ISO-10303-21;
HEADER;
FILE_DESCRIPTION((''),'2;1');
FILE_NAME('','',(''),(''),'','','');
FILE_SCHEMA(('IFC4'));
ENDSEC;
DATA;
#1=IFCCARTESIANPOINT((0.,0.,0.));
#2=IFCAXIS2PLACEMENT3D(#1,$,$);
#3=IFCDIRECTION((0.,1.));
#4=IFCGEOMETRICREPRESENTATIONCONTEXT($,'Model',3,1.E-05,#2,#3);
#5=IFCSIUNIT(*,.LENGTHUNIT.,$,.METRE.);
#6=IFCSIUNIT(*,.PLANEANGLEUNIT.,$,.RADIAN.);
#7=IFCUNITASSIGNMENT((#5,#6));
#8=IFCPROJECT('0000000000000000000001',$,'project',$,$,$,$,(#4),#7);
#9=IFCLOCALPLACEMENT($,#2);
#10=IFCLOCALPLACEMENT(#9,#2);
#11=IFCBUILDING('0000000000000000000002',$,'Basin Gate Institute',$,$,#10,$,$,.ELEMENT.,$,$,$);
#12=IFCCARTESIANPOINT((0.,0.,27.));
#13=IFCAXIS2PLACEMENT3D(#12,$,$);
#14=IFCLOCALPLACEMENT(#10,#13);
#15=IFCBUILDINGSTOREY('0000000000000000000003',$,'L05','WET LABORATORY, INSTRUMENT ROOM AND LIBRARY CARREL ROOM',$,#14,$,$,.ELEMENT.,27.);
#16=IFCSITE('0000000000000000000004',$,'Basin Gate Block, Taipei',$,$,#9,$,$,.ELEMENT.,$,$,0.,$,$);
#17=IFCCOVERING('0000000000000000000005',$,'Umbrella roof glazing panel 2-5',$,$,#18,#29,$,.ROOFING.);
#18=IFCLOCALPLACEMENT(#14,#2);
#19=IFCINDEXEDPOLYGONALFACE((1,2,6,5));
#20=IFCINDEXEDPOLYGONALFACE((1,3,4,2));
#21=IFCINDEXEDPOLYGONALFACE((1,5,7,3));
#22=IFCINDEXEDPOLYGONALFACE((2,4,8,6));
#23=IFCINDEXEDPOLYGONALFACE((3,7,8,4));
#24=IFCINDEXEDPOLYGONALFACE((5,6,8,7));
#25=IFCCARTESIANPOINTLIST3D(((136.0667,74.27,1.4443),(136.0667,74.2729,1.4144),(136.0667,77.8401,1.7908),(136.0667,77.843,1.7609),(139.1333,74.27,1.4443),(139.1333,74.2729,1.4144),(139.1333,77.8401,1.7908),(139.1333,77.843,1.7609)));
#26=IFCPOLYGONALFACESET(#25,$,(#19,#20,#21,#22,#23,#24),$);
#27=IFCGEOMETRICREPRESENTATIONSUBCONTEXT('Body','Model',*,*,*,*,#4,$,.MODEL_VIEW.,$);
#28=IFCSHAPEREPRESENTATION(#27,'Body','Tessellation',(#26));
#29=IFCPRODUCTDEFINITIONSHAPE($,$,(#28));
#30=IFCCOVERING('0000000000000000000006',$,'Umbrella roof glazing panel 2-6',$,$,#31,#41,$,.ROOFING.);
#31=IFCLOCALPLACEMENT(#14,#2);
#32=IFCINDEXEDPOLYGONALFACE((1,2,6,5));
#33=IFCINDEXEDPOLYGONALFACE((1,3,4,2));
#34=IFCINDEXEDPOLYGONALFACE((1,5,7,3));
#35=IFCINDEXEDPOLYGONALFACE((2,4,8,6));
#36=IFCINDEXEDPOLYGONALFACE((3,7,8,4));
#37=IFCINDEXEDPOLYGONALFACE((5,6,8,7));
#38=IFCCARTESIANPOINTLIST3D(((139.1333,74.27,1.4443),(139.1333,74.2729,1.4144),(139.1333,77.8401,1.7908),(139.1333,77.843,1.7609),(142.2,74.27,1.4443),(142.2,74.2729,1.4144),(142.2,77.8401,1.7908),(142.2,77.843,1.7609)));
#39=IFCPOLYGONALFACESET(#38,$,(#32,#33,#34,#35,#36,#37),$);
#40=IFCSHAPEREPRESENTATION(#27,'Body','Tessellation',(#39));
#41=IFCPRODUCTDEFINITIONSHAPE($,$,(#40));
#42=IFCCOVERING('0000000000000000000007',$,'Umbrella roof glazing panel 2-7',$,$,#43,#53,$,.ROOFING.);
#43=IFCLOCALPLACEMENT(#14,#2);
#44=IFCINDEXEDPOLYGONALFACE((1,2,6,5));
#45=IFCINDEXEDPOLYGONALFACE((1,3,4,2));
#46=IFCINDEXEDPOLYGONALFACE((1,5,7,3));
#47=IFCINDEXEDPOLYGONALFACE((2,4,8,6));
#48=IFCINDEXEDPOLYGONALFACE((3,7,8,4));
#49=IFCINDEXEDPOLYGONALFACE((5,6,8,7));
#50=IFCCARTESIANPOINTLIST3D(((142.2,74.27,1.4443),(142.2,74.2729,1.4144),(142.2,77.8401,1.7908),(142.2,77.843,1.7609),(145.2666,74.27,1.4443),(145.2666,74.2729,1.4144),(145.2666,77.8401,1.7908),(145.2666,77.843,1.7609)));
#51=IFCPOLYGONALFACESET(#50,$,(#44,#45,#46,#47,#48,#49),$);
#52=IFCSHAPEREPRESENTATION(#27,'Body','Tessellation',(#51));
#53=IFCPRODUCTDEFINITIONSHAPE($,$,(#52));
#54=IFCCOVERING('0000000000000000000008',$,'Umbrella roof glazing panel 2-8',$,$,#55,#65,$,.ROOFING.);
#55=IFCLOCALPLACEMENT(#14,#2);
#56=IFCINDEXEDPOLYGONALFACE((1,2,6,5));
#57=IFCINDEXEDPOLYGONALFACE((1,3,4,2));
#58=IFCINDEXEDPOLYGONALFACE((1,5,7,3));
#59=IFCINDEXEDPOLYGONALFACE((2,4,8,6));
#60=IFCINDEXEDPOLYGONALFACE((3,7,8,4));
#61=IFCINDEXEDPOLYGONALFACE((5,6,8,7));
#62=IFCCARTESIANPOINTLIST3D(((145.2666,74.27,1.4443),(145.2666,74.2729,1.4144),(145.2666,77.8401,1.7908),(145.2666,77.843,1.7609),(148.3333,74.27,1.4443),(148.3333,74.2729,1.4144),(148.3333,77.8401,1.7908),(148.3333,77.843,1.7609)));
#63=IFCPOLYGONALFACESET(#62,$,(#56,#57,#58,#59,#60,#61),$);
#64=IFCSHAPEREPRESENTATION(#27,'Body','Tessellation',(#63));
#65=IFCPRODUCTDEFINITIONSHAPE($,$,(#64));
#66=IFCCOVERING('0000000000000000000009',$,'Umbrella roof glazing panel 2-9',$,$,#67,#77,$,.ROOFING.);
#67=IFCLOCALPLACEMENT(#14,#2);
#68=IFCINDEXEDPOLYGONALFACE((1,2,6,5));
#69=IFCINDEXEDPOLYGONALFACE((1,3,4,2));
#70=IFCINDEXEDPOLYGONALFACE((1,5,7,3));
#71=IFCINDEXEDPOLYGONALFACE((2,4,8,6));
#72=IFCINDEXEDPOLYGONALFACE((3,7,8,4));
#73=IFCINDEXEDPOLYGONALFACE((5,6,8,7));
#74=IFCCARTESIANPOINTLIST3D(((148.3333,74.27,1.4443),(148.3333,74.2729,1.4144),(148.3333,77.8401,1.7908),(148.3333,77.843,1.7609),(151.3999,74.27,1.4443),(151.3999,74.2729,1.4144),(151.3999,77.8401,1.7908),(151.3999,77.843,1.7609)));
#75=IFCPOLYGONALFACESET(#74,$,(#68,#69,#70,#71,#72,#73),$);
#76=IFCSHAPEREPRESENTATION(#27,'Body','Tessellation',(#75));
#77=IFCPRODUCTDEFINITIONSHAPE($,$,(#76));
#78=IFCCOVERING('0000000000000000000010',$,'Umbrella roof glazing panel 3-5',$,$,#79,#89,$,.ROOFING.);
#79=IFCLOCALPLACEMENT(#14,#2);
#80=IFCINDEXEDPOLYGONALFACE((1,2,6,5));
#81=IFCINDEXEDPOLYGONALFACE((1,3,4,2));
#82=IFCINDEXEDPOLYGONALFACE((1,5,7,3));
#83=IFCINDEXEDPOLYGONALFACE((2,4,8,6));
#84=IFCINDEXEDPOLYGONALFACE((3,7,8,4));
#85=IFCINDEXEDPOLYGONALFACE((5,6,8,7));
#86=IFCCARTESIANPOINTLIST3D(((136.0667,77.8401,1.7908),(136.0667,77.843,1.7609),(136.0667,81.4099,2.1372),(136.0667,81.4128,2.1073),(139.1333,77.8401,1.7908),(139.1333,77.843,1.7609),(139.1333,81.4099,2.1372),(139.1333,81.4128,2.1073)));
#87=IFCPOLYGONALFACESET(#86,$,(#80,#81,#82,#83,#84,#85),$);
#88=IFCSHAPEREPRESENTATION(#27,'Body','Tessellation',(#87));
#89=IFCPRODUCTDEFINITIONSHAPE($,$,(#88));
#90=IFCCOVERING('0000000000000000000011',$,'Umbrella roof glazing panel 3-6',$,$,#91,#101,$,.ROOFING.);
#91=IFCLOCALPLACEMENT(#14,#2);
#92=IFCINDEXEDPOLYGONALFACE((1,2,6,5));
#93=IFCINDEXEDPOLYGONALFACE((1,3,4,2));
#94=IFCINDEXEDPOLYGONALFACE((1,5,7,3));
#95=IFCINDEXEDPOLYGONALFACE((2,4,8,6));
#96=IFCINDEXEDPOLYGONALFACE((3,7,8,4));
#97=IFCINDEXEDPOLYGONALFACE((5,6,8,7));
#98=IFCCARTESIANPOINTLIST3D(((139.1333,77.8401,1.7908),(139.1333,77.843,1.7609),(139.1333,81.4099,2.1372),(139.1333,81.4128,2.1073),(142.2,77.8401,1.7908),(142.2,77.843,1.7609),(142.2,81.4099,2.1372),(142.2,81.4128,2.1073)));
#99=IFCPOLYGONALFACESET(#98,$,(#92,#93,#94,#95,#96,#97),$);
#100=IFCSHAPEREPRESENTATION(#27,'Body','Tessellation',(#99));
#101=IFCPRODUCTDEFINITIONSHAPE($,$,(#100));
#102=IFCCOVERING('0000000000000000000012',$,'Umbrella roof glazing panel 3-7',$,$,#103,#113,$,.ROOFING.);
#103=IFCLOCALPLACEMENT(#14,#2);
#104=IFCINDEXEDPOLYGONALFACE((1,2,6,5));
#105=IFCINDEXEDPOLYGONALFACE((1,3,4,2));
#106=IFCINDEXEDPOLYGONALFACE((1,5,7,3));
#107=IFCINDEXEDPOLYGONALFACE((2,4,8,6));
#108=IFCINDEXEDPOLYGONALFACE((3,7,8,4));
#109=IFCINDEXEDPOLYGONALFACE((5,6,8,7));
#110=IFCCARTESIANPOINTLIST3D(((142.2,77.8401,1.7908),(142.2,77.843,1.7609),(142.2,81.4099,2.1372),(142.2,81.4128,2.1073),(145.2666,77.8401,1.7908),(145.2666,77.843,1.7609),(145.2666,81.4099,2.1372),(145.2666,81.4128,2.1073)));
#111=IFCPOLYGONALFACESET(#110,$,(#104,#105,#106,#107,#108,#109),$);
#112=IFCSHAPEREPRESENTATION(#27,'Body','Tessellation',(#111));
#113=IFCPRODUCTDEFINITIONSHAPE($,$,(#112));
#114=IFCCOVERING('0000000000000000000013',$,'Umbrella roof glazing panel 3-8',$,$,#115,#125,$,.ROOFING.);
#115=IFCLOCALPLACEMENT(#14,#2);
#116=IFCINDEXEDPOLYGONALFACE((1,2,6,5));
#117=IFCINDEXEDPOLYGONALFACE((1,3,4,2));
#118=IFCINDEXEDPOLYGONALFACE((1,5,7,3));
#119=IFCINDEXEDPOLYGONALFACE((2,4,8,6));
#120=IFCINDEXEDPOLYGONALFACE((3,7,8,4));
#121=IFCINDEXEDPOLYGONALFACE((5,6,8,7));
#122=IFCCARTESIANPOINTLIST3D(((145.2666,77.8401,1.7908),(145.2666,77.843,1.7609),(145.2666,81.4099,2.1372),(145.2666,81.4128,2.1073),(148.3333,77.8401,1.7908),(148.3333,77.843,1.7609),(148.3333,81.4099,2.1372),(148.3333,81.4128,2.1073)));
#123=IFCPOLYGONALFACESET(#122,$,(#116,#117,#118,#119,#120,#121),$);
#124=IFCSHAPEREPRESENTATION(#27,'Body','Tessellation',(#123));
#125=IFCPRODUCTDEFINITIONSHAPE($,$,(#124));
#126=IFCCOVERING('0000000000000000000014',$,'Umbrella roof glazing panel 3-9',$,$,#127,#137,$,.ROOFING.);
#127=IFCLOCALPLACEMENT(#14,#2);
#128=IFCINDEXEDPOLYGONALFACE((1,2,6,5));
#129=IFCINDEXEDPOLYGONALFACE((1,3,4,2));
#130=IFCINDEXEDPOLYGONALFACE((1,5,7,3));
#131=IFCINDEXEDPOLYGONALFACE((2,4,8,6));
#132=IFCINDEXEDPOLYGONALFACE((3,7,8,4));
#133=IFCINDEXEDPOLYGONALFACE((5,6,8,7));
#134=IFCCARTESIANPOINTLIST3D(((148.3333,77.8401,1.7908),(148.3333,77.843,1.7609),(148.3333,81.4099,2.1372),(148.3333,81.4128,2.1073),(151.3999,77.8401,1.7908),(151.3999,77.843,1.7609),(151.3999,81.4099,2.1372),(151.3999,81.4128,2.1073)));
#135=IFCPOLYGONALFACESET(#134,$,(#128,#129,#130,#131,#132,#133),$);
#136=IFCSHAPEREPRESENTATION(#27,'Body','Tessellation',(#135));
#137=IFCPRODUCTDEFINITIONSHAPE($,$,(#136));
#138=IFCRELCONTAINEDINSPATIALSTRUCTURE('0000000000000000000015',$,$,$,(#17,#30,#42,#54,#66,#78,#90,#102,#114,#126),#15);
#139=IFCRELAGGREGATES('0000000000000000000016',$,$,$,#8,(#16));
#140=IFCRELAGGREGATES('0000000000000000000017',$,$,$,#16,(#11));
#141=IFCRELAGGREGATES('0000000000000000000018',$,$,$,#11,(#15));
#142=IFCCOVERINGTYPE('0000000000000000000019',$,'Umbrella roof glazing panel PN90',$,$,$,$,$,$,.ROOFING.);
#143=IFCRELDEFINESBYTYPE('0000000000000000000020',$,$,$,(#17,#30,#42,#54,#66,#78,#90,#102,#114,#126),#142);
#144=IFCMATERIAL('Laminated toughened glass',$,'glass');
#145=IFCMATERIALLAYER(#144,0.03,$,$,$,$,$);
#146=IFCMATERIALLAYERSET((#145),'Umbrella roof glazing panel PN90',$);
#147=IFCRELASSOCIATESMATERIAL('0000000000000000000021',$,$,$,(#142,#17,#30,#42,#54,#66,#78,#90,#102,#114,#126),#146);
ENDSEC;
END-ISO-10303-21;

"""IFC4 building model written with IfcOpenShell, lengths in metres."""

from ifc_helpers import new_model, si_unit, direction, frame, origin, place, context, subcontext, project, spatial, polyline, outline, extrude, material, layer, layer_set, type_object, element, save


model = new_model("IFC4")

# Units and contexts
model_context = context("Model", 3, precision=1e-05, world=origin(), true_north=direction((0.0, 1.0)))
body_context = subcontext(model_context, "Body", "Model", "MODEL_VIEW")
ifc_project = project(units=[si_unit("LENGTHUNIT", "METRE"), si_unit("PLANEANGLEUNIT", "RADIAN")], contexts=[model_context])

# Site, building, storey
site_placement = place(None, origin())
site = spatial("IfcSite", under=ifc_project, at=site_placement, Name="Basin Gate Block, Taipei", CompositionType="ELEMENT", RefElevation=0.0)
building_placement = place(site_placement, origin())
building = spatial("IfcBuilding", under=site, at=building_placement, Name="Basin Gate Institute", CompositionType="ELEMENT")
storey_placement = place(building_placement, frame((0.0, 0.0, 27.0)))
storey = spatial("IfcBuildingStorey", under=building, at=storey_placement, Name="L05", Description="WET LABORATORY, INSTRUMENT ROOM AND LIBRARY CARREL ROOM", CompositionType="ELEMENT", Elevation=27.0)

# Coverings
ifc_material_1 = material(Name="Laminated toughened glass", Category="glass")
ifc_layer = layer(ifc_material_1, 0.03)
ifc_layer_set = layer_set([ifc_layer], Name="Umbrella roof glazing panel PN90")
covering_type = type_object("IfcCoveringType", Name="Umbrella roof glazing panel PN90", PredefinedType="ROOFING", material=ifc_layer_set)
for number, where, z_axis, x_axis, name in (
    (1, (136.0667, 74.27, 1.4443), (0.0, -0.096585, 0.995325), (1.0, 0.0, 0.0), "Umbrella roof glazing panel 2-5"),
    (2, (139.1333, 74.27, 1.4443), (0.0, -0.096585, 0.995325), (1.0, 0.0, 0.0), "Umbrella roof glazing panel 2-6"),
    (3, (142.2, 74.27, 1.4443), (0.0, -0.096585, 0.995325), (1.0, 0.0, 0.0), "Umbrella roof glazing panel 2-7"),
    (4, (145.2666, 74.27, 1.4443), (0.0, -0.096585, 0.995325), (1.0, 0.0, 0.0), "Umbrella roof glazing panel 2-8"),
    (5, (148.3333, 74.27, 1.4443), (0.0, -0.096585, 0.995325), (1.0, 0.0, 0.0), "Umbrella roof glazing panel 2-9"),
):
    element("IfcCovering", number, at=place(storey_placement, frame(where, z_axis=z_axis, x_axis=x_axis)), inside=storey, type_object=covering_type, material=ifc_layer_set, Name=name, PredefinedType="ROOFING", context=body_context, shape_type="SweptSolid", body=[
        extrude(outline(polyline([(0.0, 0.0), (3.0667, 0.0), (3.0667, 3.5868), (0.0, 3.5868), (0.0, 0.0)])), origin(), (0.0, 0.0, -1.0), 0.03),
    ])
for number, where, z_axis, x_axis, name in (
    (6, (136.0667, 77.8401, 1.7908), (0.0, -0.096592, 0.995324), (1.0, 0.0, 0.0), "Umbrella roof glazing panel 3-5"),
    (7, (139.1333, 77.8401, 1.7908), (0.0, -0.096592, 0.995324), (1.0, 0.0, 0.0), "Umbrella roof glazing panel 3-6"),
    (8, (142.2, 77.8401, 1.7908), (0.0, -0.096592, 0.995324), (1.0, 0.0, 0.0), "Umbrella roof glazing panel 3-7"),
    (9, (145.2666, 77.8401, 1.7908), (0.0, -0.096592, 0.995324), (1.0, 0.0, 0.0), "Umbrella roof glazing panel 3-8"),
    (10, (148.3333, 77.8401, 1.7908), (0.0, -0.096592, 0.995324), (1.0, 0.0, 0.0), "Umbrella roof glazing panel 3-9"),
):
    element("IfcCovering", number, at=place(storey_placement, frame(where, z_axis=z_axis, x_axis=x_axis)), inside=storey, type_object=covering_type, material=ifc_layer_set, Name=name, PredefinedType="ROOFING", context=body_context, shape_type="SweptSolid", body=[
        extrude(outline(polyline([(0.0, 0.0), (3.0667, 0.0), (3.0667, 3.5866), (0.0, 3.5866), (0.0, 0.0)])), origin(), (0.0, 0.0, -1.0), 0.03),
    ])

save(model, "model.ifc")
